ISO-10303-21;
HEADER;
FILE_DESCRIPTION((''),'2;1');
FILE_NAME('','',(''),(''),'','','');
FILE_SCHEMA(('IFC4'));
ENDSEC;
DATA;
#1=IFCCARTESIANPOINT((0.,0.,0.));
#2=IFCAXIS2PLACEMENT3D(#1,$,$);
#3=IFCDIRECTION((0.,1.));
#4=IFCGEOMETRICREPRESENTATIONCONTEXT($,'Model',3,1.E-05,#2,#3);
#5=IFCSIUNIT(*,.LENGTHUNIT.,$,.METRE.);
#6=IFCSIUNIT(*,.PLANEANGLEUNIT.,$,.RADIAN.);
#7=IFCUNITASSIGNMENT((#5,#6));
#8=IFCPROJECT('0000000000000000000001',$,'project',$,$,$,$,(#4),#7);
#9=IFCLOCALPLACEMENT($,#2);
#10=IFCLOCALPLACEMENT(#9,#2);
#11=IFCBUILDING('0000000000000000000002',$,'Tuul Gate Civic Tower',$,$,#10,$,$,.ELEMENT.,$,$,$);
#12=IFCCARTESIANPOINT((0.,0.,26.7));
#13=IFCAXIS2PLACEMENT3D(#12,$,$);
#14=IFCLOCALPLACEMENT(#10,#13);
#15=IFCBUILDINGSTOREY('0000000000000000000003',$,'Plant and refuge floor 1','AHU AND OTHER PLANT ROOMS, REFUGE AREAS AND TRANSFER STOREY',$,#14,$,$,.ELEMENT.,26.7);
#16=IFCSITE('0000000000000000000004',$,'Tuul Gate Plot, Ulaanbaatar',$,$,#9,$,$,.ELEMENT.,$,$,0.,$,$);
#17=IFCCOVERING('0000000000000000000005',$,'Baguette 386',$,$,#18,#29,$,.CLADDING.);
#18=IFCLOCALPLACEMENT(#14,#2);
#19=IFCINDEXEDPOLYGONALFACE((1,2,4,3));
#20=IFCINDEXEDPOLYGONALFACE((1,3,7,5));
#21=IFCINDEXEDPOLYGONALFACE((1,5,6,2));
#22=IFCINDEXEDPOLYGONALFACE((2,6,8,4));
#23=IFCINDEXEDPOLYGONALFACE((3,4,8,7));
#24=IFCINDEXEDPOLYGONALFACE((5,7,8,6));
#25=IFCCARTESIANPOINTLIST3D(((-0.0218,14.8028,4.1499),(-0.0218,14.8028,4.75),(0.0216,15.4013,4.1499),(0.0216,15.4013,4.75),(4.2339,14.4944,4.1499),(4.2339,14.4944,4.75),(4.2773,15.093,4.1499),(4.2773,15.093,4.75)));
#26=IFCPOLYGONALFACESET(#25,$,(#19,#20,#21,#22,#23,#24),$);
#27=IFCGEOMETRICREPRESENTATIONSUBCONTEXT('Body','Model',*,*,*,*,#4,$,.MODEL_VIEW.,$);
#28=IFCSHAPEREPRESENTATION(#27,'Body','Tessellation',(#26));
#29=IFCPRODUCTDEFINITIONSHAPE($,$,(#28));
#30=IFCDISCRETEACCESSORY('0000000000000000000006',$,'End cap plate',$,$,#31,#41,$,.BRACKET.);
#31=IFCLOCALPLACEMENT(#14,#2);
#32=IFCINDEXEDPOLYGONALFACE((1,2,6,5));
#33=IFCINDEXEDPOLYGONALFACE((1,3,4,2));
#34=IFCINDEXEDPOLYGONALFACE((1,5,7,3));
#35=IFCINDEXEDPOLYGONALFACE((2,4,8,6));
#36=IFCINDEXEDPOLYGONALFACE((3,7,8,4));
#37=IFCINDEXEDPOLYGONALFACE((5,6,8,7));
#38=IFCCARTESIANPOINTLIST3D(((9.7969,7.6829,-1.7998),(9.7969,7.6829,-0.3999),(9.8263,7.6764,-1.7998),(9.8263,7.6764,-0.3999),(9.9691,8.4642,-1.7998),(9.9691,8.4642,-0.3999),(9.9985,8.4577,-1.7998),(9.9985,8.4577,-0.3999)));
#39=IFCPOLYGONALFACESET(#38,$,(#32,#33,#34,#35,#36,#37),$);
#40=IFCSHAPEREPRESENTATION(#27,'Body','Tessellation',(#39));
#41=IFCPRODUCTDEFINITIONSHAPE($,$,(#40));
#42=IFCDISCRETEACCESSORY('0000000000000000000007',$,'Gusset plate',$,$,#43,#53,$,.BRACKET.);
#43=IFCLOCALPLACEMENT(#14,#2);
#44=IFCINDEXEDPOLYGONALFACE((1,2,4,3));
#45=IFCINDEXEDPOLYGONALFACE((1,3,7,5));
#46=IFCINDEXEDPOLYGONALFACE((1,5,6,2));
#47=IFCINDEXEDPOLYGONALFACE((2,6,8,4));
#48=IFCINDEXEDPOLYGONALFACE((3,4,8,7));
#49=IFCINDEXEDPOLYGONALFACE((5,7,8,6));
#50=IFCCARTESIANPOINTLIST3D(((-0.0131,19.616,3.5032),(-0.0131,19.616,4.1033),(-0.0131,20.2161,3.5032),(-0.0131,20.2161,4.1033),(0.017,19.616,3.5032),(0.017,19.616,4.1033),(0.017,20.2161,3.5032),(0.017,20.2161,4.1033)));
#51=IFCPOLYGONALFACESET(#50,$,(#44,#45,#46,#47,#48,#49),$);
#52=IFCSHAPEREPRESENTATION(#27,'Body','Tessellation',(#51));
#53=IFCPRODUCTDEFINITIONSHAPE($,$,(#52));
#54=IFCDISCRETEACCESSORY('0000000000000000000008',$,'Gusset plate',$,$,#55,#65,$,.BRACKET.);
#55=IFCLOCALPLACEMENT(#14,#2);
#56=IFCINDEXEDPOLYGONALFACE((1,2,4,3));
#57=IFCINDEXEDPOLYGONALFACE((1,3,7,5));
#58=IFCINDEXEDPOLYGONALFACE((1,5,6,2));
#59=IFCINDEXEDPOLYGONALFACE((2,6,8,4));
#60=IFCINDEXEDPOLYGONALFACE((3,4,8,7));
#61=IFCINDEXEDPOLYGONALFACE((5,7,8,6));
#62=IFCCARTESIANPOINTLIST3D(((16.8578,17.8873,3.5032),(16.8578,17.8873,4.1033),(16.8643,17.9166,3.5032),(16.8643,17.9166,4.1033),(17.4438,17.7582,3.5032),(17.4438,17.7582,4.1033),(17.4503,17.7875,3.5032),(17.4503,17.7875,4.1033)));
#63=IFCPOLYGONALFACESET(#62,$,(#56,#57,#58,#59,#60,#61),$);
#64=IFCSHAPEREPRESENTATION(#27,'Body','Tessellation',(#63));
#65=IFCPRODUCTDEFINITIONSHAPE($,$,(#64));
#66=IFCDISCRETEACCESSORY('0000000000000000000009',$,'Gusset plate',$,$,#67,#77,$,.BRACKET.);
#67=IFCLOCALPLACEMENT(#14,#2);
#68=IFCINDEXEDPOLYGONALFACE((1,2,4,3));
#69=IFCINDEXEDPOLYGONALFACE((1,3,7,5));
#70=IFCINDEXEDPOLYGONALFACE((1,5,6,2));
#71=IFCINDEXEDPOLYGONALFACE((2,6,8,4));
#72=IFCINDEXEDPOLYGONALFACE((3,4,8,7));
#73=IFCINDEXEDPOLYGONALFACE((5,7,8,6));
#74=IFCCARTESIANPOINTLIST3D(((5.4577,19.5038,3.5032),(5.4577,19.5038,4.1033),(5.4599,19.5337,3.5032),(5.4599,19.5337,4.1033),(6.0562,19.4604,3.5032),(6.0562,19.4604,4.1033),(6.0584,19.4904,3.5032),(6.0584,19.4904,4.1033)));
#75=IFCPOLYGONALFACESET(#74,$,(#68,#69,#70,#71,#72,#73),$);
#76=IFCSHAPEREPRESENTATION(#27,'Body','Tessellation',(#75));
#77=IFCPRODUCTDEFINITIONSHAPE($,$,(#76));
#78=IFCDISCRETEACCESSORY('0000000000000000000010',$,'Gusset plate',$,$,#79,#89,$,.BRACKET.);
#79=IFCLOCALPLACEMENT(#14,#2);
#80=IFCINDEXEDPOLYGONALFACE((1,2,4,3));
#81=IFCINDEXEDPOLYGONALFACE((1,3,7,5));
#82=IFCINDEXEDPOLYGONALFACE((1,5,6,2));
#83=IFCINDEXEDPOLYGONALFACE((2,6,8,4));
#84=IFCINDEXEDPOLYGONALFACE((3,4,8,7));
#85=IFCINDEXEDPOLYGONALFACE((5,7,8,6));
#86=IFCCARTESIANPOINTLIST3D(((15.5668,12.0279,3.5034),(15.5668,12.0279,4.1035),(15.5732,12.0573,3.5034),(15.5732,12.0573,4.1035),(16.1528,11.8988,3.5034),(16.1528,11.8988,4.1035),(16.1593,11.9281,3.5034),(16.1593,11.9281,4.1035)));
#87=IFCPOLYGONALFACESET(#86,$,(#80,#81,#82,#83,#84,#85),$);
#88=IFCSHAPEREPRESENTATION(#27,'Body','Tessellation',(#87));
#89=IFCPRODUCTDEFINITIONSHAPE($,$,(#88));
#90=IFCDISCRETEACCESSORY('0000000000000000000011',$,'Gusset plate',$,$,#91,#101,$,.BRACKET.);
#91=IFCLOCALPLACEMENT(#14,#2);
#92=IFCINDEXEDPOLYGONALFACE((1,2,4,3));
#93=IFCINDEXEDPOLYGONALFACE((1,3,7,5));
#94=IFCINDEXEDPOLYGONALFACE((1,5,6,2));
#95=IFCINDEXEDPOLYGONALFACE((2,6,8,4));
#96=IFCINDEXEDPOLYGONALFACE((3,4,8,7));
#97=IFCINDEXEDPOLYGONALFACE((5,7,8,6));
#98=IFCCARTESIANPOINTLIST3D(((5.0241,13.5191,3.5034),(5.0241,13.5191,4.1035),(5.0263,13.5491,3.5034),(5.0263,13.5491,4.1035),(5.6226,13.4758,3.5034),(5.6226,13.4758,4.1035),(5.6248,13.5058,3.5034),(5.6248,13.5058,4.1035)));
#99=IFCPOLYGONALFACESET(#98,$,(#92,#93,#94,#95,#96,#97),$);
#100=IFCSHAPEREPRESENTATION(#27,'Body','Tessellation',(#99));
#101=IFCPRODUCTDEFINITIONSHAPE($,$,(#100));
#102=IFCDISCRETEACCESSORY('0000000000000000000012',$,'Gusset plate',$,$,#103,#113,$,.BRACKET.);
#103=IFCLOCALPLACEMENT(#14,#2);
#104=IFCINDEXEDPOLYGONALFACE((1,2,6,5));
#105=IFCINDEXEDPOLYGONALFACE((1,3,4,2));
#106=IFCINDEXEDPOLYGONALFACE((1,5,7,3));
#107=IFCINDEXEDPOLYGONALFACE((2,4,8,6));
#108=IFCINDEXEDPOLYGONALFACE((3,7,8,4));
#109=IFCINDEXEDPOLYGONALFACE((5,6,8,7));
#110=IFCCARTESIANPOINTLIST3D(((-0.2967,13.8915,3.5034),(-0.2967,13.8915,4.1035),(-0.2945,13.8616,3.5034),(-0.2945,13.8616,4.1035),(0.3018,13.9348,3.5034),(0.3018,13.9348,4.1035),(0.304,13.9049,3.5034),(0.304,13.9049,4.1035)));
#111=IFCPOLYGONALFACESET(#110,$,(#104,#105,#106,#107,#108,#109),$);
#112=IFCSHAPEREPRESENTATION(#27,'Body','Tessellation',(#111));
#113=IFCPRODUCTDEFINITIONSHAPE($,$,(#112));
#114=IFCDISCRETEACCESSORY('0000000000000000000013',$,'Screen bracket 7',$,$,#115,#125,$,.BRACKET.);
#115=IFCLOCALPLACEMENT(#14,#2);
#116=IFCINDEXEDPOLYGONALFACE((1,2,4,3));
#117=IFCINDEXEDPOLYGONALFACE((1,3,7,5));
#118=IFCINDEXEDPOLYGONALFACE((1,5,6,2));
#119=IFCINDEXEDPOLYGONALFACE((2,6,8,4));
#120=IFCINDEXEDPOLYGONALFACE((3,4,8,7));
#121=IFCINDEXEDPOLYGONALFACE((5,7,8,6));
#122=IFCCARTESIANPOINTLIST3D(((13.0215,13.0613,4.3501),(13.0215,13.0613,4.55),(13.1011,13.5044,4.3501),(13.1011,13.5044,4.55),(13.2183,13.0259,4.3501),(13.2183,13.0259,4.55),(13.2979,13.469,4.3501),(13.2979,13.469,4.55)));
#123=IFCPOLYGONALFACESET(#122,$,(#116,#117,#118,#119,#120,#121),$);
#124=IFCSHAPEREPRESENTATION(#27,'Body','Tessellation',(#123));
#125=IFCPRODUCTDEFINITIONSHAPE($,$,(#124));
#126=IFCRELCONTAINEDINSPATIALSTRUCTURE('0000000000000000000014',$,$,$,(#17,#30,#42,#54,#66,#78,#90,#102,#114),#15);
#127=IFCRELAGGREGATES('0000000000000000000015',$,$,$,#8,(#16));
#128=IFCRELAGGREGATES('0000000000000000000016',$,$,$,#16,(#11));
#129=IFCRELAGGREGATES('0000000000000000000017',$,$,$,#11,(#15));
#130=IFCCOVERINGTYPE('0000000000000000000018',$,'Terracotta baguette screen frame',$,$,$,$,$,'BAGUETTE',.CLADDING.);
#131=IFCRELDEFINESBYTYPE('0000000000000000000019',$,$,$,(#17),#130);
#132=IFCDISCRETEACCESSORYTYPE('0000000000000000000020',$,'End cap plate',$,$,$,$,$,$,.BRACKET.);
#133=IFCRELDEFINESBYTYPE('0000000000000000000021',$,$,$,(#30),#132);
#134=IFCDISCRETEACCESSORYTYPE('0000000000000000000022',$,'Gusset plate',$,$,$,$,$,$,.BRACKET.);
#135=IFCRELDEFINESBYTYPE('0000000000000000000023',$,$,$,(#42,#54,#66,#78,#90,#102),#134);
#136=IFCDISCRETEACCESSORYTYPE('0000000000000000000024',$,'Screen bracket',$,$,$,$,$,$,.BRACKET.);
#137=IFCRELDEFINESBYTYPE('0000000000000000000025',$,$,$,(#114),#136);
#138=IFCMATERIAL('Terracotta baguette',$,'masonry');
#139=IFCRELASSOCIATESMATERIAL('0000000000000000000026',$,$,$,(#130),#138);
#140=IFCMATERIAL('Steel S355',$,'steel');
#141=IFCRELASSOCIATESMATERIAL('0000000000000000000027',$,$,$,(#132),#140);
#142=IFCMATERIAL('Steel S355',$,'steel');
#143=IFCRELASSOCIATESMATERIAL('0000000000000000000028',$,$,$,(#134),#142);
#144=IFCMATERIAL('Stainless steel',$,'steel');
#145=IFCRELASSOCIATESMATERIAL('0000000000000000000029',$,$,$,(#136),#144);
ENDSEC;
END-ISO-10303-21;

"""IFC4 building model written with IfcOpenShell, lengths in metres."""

from ifc_helpers import new_model, si_unit, direction, frame, origin, origin_2d, place, context, subcontext, project, spatial, rectangle, extrude, material, material_profile, profile_set, type_object, element, save


model = new_model("IFC4")

# Units and contexts
model_context = context("Model", 3, precision=1e-05, world=origin(), true_north=direction((0.0, 1.0)))
body_context = subcontext(model_context, "Body", "Model", "MODEL_VIEW")
ifc_project = project(units=[si_unit("LENGTHUNIT", "METRE"), si_unit("PLANEANGLEUNIT", "RADIAN")], contexts=[model_context])

# Site, building, storey
site_placement = place(None, origin())
site = spatial("IfcSite", under=ifc_project, at=site_placement, Name="Tuul Gate Plot, Ulaanbaatar", CompositionType="ELEMENT", RefElevation=0.0)
building_placement = place(site_placement, origin())
building = spatial("IfcBuilding", under=site, at=building_placement, Name="Tuul Gate Civic Tower", CompositionType="ELEMENT")
storey_placement = place(building_placement, frame((0.0, 0.0, 26.7)))
storey = spatial("IfcBuildingStorey", under=building, at=storey_placement, Name="Plant and refuge floor 1", Description="AHU AND OTHER PLANT ROOMS, REFUGE AREAS AND TRANSFER STOREY", CompositionType="ELEMENT", Elevation=26.7)

# Covering
ifc_material_1 = material(Name="Terracotta baguette", Category="masonry")
ifc_material_profile_1 = material_profile(ifc_material_1, rectangle(XDim=0.6001, YDim=0.6001, at=origin_2d()), Name="Terracotta baguette screen frame")
ifc_profile_set_1 = profile_set([ifc_material_profile_1], Name="Terracotta baguette")
covering_type = type_object("IfcCoveringType", Name="Terracotta baguette screen frame", ElementType="BAGUETTE", PredefinedType="CLADDING", material=ifc_profile_set_1)
covering_1_placement = place(storey_placement, frame((4.2556, 14.7937, 4.45), z_axis=(-0.997385, 0.072268, 0.0), x_axis=(-0.072268, -0.997385, 0.0)))
element("IfcCovering", 1, at=covering_1_placement, inside=storey, type_object=covering_type, Name="Baguette 386", PredefinedType="CLADDING", context=body_context, shape_type="SweptSolid", body=[
    extrude(rectangle(XDim=0.6001, YDim=0.6001, at=origin_2d()), origin(), (0.0, 0.0, 1.0), 4.2668),
])

# Discrete accessories
ifc_material_2 = material(Name="Steel S355", Category="steel")
discrete_accessory_type_1 = type_object("IfcDiscreteAccessoryType", Name="End cap plate", PredefinedType="BRACKET", material=ifc_material_2)
discrete_accessory_1_placement = place(storey_placement, frame((9.8977, 8.0703, -1.7998), z_axis=(0.0, 0.0, 1.0), x_axis=(0.976565, -0.215222, 0.0)))
element("IfcDiscreteAccessory", 2, at=discrete_accessory_1_placement, inside=storey, type_object=discrete_accessory_type_1, Name="End cap plate", PredefinedType="BRACKET", context=body_context, shape_type="SweptSolid", body=[
    extrude(rectangle(XDim=0.03, YDim=0.8, at=origin_2d()), origin(), (0.0, 0.0, 1.0), 1.3999),
])
ifc_material_3 = material(Name="Steel S355", Category="steel")
discrete_accessory_type_2 = type_object("IfcDiscreteAccessoryType", Name="Gusset plate", PredefinedType="BRACKET", material=ifc_material_3)
for number, where, z_axis, x_axis, name in (
    (3, (0.002, 19.916, 3.5032), (0.0, 0.0, 1.0), (0.0, -1.0, 0.0), "Gusset plate"),
    (4, (17.1541, 17.8374, 3.5032), (0.0, 0.0, 1.0), (0.976567, -0.215215, 0.0), "Gusset plate"),
    (5, (5.7581, 19.4971, 3.5032), (0.0, 0.0, 1.0), (0.997388, -0.072232, 0.0), "Gusset plate"),
    (6, (15.863, 11.978, 3.5034), (0.0, 0.0, 1.0), (0.976569, -0.215205, 0.0), "Gusset plate"),
    (7, (5.3245, 13.5125, 3.5034), (0.0, 0.0, 1.0), (0.997389, -0.072212, 0.0), "Gusset plate"),
    (8, (0.0037, 13.8982, 3.5034), (0.0, 0.0, 1.0), (-0.997389, -0.072212, 0.0), "Gusset plate"),
):
    element("IfcDiscreteAccessory", number, at=place(storey_placement, frame(where, z_axis=z_axis, x_axis=x_axis)), inside=storey, type_object=discrete_accessory_type_2, Name=name, PredefinedType="BRACKET", context=body_context, shape_type="SweptSolid", body=[
        extrude(rectangle(XDim=0.6001, YDim=0.03, at=origin_2d()), origin(), (0.0, 0.0, 1.0), 0.6001),
    ])
ifc_material_4 = material(Name="Stainless steel", Category="steel")
discrete_accessory_type_3 = type_object("IfcDiscreteAccessoryType", Name="Screen bracket", PredefinedType="BRACKET", material=ifc_material_4)
discrete_accessory_2_placement = place(storey_placement, frame((13.1597, 13.2651, 4.3501), z_axis=(0.0, 0.0, 1.0), x_axis=(0.176825, 0.984242, 0.0)))
element("IfcDiscreteAccessory", 9, at=discrete_accessory_2_placement, inside=storey, type_object=discrete_accessory_type_3, Name="Screen bracket 7", PredefinedType="BRACKET", context=body_context, shape_type="SweptSolid", body=[
    extrude(rectangle(XDim=0.4502, YDim=0.2, at=origin_2d()), origin(), (0.0, 0.0, 1.0), 0.2),
])

save(model, "model.ifc")
